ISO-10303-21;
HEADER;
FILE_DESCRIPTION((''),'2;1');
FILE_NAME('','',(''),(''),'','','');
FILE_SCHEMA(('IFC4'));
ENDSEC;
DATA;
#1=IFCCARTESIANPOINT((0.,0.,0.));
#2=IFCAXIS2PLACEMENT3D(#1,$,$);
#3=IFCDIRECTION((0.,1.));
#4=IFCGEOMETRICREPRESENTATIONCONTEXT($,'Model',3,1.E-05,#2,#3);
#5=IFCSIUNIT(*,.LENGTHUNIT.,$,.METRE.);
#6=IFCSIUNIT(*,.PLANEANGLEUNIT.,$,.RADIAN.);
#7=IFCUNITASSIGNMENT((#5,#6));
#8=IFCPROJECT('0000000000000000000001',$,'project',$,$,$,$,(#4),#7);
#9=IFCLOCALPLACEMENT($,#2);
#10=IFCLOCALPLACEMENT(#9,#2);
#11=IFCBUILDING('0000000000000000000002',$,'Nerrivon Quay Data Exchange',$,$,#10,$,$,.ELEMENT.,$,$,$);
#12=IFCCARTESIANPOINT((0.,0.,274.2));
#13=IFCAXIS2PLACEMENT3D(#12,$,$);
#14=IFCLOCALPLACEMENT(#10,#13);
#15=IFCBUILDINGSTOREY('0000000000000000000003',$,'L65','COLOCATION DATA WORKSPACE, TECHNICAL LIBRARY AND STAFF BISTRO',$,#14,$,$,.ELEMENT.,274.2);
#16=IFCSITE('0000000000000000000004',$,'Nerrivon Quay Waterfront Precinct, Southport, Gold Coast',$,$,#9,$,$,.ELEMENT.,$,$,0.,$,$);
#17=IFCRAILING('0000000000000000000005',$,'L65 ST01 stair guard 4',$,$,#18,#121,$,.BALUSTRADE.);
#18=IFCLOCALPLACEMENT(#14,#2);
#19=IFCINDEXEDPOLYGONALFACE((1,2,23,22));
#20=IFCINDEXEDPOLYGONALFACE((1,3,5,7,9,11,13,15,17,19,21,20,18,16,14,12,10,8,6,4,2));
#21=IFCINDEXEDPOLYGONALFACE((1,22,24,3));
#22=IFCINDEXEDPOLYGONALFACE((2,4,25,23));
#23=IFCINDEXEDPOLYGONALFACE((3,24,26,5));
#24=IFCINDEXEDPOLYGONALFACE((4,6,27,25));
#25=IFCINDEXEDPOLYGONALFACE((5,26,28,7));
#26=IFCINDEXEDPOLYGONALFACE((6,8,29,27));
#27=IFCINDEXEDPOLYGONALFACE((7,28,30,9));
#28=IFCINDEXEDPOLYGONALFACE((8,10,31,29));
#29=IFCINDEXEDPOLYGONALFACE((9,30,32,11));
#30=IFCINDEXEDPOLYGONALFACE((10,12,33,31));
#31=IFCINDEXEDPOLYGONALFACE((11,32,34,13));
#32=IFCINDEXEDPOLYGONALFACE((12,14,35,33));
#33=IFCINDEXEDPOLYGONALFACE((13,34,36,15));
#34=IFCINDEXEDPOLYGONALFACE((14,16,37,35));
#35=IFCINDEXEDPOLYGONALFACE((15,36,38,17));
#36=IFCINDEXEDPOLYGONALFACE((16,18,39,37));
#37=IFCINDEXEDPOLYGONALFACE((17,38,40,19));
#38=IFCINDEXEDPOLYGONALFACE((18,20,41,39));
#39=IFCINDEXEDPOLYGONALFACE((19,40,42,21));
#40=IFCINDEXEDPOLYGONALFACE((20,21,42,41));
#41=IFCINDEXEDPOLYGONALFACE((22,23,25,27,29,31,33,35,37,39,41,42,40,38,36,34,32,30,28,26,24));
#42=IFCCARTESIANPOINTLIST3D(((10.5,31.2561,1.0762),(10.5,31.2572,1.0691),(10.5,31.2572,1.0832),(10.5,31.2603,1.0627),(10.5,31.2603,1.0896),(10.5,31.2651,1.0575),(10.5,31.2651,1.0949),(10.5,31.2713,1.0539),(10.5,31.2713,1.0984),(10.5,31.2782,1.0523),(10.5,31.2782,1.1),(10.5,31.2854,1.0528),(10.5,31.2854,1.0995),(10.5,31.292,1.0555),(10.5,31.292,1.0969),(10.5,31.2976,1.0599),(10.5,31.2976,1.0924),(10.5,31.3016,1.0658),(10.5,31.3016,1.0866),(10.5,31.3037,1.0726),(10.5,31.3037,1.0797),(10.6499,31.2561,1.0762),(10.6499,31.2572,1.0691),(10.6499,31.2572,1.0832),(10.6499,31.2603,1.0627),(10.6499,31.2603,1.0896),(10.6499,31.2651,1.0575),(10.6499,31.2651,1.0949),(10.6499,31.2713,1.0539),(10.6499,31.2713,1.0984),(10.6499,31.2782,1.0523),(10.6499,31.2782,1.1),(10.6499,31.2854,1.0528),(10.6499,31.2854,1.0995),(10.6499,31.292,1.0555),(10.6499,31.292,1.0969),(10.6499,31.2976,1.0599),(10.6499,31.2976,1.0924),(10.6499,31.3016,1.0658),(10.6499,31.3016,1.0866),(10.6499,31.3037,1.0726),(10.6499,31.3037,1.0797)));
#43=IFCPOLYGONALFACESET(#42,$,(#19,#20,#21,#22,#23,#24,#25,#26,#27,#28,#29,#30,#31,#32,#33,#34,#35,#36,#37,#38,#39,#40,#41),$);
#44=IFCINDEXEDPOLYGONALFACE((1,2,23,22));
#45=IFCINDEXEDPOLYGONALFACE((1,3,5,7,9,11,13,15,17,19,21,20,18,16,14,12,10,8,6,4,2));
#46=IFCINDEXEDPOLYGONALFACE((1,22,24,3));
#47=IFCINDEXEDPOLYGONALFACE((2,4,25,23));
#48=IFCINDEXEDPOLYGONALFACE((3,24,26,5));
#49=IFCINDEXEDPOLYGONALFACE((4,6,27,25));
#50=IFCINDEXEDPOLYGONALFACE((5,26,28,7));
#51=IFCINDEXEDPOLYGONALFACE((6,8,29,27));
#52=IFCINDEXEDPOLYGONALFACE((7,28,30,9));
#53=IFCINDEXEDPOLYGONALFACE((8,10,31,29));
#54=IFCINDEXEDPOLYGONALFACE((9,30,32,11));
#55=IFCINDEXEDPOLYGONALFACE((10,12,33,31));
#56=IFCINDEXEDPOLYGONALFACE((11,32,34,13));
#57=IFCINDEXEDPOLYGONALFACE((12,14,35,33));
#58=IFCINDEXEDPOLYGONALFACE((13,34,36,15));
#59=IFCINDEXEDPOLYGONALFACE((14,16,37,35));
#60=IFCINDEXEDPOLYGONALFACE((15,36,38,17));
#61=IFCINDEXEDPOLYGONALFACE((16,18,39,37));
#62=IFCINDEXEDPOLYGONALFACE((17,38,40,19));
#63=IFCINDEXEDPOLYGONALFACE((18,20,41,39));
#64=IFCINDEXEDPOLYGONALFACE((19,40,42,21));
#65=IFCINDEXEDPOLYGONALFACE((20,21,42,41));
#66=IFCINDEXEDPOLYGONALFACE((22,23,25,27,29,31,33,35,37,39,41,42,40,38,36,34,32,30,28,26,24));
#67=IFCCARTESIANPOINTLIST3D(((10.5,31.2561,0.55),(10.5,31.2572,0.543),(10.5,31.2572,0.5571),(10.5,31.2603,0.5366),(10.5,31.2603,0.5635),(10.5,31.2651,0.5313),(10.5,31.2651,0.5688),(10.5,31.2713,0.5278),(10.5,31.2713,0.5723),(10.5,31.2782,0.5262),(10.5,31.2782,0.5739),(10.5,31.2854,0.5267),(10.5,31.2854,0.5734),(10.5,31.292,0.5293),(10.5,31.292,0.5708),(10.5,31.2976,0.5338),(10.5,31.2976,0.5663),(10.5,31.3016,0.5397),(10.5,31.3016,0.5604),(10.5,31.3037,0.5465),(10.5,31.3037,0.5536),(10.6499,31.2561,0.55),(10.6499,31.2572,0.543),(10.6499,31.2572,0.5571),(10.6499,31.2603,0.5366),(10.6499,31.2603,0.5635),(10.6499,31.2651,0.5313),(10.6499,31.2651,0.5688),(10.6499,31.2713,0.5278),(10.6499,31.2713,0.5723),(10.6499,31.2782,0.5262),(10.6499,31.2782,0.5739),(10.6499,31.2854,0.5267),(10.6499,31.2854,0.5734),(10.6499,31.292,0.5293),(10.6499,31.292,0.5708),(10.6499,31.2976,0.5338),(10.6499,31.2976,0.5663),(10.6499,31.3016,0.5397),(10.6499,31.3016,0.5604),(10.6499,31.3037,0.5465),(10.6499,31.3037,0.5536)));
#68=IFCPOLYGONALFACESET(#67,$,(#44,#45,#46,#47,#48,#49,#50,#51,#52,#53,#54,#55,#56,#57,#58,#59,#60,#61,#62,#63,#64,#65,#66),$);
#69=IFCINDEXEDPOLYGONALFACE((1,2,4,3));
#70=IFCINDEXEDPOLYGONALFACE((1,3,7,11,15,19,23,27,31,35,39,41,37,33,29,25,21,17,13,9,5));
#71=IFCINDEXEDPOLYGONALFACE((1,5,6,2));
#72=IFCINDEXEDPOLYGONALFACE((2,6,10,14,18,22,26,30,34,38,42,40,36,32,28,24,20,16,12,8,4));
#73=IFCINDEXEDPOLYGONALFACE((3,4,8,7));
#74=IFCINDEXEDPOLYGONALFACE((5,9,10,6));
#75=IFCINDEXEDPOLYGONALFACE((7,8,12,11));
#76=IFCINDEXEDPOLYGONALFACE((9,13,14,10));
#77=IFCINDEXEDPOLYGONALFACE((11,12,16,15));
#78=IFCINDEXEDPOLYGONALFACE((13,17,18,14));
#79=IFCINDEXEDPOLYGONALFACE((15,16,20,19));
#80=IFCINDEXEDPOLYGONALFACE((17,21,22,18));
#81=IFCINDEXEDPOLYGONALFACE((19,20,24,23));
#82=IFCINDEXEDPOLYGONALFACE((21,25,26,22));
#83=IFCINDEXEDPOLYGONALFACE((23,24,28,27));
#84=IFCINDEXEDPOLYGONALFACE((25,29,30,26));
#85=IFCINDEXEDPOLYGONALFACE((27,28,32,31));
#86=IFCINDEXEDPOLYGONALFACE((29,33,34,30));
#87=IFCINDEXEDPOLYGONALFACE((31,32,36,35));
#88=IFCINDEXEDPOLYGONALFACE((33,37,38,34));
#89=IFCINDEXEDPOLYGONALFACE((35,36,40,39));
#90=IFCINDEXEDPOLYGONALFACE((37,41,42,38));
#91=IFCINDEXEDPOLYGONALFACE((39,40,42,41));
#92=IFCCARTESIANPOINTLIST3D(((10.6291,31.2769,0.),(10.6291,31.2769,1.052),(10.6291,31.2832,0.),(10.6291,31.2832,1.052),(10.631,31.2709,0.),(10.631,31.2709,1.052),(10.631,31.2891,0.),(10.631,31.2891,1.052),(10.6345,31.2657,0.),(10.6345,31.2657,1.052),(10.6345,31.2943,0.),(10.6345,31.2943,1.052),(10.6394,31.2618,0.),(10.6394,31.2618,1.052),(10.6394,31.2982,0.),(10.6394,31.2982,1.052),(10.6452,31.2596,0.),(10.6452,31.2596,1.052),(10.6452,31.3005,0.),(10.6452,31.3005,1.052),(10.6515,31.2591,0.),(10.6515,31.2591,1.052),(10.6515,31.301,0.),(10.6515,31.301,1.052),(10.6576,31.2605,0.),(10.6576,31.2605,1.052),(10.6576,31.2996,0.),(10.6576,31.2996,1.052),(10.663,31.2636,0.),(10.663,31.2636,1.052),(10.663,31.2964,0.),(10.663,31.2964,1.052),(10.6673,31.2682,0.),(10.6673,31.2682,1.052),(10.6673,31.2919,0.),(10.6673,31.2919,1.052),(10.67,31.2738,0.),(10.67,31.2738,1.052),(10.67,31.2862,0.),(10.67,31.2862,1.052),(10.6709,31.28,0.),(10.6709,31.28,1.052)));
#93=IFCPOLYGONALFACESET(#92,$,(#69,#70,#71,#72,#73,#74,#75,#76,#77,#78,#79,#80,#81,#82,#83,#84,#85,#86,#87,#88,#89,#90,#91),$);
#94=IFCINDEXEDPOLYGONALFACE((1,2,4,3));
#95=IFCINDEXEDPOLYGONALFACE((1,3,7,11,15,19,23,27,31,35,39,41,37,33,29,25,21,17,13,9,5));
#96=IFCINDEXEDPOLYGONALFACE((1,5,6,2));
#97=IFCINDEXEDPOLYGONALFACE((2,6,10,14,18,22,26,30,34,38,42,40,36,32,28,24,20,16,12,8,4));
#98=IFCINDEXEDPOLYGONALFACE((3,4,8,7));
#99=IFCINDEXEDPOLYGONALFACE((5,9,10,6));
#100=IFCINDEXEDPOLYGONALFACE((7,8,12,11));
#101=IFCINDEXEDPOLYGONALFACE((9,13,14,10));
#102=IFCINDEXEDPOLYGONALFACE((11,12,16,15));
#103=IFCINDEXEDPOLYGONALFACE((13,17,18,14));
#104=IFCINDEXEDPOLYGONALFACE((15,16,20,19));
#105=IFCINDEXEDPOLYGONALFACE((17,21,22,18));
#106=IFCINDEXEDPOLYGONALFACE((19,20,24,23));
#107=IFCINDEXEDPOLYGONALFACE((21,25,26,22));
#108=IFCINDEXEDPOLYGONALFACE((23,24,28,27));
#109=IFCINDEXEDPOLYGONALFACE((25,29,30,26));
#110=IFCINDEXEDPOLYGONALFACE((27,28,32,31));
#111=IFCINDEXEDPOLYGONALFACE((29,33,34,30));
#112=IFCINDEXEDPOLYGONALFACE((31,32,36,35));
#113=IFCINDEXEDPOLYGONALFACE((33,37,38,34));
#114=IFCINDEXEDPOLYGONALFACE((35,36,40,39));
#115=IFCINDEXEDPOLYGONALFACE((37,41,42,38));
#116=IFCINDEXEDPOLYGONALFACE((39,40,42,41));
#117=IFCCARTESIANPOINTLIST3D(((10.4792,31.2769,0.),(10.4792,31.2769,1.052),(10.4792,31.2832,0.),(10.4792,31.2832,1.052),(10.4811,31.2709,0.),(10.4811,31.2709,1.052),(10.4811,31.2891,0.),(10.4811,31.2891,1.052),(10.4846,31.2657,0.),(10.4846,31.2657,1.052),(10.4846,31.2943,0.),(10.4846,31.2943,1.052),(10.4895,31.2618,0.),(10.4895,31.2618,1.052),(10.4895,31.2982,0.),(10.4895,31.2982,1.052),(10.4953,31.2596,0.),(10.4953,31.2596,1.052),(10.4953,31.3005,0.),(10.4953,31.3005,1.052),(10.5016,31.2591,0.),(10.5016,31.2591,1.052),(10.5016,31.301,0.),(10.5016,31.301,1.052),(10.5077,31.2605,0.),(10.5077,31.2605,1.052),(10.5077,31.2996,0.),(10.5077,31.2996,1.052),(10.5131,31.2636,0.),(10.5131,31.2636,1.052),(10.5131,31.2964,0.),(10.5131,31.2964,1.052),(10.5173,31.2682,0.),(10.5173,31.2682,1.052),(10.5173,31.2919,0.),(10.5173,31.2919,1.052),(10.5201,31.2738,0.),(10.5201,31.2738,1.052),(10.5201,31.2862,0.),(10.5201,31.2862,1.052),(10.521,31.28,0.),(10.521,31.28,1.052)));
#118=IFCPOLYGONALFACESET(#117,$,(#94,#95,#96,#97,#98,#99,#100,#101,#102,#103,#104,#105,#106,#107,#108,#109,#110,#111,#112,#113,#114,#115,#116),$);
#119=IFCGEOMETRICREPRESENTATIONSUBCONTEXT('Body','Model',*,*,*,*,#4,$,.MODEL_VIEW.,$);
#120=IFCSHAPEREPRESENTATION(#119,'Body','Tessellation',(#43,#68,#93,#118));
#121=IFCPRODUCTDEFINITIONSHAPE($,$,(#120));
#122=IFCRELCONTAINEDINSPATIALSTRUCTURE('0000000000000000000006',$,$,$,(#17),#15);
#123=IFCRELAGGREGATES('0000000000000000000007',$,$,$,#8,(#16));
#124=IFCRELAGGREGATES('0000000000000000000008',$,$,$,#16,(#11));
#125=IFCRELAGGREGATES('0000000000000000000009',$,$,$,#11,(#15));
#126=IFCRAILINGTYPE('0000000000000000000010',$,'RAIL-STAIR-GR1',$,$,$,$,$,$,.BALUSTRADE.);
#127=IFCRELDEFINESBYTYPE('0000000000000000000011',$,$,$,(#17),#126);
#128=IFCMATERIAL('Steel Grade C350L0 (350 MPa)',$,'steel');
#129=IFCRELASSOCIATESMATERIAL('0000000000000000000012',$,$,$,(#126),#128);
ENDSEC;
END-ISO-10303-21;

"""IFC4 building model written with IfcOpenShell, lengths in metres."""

from ifc_helpers import new_model, si_unit, direction, frame, origin, origin_2d, place, context, subcontext, project, spatial, circle, extrude, material, type_object, element, save


model = new_model("IFC4")

# Units and contexts
model_context = context("Model", 3, precision=1e-05, world=origin(), true_north=direction((0.0, 1.0)))
body_context = subcontext(model_context, "Body", "Model", "MODEL_VIEW")
ifc_project = project(units=[si_unit("LENGTHUNIT", "METRE"), si_unit("PLANEANGLEUNIT", "RADIAN")], contexts=[model_context])

# Site, building, storey
site_placement = place(None, origin())
site = spatial("IfcSite", under=ifc_project, at=site_placement, Name="Nerrivon Quay Waterfront Precinct, Southport, Gold Coast", CompositionType="ELEMENT", RefElevation=0.0)
building_placement = place(site_placement, origin())
building = spatial("IfcBuilding", under=site, at=building_placement, Name="Nerrivon Quay Data Exchange", CompositionType="ELEMENT")
storey_placement = place(building_placement, frame((0.0, 0.0, 274.2)))
storey = spatial("IfcBuildingStorey", under=building, at=storey_placement, Name="L65", Description="COLOCATION DATA WORKSPACE, TECHNICAL LIBRARY AND STAFF BISTRO", CompositionType="ELEMENT", Elevation=274.2)

# Railing
ifc_material_1 = material(Name="Steel Grade C350L0 (350 MPa)", Category="steel")
railing_type_1 = type_object("IfcRailingType", Name="RAIL-STAIR-GR1", PredefinedType="BALUSTRADE", material=ifc_material_1)
railing_1_placement = place(storey_placement, frame((10.6499, 31.28, 0.0)))
element("IfcRailing", 1, at=railing_1_placement, inside=storey, type_object=railing_type_1, Name="L65 ST01 stair guard 4", PredefinedType="BALUSTRADE", context=body_context, shape_type="SweptSolid", body=[
    extrude(circle(Radius=0.0239, at=origin_2d()), frame((0.0, 0.0, 1.0762), z_axis=(-1.0, 0.0, 0.0), x_axis=(0.0, -1.0, 0.0)), (0.0, 0.0, 1.0), 0.1499),
    extrude(circle(Radius=0.0239, at=origin_2d()), frame((0.0, 0.0, 0.55), z_axis=(-1.0, 0.0, 0.0), x_axis=(0.0, -1.0, 0.0)), (0.0, 0.0, 1.0), 0.1499),
    extrude(circle(Radius=0.021, at=origin_2d()), origin(), (0.0, 0.0, 1.0), 1.052),
    extrude(circle(Radius=0.021, at=origin_2d()), frame((-0.1499, 0.0, 0.0)), (0.0, 0.0, 1.0), 1.052),
])

save(model, "model.ifc")
